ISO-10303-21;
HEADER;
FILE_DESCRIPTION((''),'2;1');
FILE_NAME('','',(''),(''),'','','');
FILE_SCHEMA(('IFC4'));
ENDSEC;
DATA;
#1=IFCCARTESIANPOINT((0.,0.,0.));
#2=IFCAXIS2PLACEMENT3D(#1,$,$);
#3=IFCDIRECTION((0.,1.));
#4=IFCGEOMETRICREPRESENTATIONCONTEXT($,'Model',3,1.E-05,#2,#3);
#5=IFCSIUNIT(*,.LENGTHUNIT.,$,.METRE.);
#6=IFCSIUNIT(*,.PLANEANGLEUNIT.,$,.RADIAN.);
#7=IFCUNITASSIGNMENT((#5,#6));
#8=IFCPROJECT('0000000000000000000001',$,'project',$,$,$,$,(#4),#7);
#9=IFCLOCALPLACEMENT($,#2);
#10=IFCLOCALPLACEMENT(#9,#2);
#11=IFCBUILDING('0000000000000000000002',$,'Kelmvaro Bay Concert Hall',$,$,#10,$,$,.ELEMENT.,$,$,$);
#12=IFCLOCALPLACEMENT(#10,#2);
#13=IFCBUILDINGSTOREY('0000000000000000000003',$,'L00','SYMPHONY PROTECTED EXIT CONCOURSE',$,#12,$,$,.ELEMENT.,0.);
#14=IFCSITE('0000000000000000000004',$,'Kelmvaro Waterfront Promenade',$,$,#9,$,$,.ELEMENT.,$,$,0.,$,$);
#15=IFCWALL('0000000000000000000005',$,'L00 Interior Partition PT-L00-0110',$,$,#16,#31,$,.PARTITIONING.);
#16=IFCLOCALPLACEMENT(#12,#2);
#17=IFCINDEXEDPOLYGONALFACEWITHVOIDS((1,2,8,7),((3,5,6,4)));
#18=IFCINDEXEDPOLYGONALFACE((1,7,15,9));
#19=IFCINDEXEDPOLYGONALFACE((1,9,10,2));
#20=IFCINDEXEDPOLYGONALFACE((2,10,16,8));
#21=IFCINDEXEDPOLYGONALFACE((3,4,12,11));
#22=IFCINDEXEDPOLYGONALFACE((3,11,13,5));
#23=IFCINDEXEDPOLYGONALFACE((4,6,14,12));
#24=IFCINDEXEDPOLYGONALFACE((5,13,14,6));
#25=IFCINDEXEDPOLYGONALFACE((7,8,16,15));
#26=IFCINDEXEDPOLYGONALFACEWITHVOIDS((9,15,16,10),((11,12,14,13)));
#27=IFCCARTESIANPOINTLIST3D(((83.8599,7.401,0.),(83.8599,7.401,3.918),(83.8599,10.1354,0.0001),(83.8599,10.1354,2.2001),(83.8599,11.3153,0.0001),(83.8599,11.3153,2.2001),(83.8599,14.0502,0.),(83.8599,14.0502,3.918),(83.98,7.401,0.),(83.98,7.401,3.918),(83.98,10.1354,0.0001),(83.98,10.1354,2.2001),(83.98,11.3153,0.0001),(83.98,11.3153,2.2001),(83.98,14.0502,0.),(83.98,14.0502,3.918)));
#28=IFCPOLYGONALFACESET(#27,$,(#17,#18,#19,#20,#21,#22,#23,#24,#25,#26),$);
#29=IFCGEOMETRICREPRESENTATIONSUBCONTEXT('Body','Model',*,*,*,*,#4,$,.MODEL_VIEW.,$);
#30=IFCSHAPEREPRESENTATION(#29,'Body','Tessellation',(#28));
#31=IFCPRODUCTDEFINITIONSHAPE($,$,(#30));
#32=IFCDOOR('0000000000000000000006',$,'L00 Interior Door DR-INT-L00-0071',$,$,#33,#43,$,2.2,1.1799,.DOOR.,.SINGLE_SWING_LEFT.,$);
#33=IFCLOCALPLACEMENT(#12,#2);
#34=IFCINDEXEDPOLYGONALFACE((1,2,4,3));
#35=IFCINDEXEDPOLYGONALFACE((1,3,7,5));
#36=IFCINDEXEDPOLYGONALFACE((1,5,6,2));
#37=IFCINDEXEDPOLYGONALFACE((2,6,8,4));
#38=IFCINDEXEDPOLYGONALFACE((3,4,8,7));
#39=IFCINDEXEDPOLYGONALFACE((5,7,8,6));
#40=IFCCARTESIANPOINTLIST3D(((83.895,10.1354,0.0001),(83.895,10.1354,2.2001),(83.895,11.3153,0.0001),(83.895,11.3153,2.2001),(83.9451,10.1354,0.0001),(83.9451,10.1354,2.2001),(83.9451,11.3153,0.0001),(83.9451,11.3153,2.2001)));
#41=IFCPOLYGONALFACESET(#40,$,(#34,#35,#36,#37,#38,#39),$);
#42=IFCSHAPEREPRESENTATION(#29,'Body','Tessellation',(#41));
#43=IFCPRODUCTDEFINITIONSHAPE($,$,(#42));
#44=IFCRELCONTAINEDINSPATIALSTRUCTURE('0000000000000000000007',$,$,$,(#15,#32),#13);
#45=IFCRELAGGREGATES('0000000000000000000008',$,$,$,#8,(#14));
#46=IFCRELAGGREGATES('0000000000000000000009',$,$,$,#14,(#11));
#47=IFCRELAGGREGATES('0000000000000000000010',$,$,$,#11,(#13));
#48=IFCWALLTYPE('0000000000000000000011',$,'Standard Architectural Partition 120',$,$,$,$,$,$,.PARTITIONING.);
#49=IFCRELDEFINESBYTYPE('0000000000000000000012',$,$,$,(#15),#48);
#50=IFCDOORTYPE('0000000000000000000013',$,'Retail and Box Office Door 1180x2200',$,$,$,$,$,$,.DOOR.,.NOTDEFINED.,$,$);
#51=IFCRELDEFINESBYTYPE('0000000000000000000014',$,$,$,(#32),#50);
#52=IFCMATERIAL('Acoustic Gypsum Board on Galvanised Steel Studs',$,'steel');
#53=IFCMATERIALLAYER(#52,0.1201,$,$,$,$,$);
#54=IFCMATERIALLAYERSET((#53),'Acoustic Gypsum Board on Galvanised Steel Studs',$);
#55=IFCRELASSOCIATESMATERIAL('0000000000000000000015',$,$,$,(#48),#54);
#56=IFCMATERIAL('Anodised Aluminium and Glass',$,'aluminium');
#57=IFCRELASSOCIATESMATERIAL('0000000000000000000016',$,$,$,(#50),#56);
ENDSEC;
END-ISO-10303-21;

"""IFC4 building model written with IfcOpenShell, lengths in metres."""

from ifc_helpers import new_model, si_unit, direction, frame, frame_2d, origin, place, context, subcontext, project, spatial, rectangle, extrude, material, layer, layer_set, type_object, element, fill, save


model = new_model("IFC4")

# Units and contexts
model_context = context("Model", 3, precision=1e-05, world=origin(), true_north=direction((0.0, 1.0)))
body_context = subcontext(model_context, "Body", "Model", "MODEL_VIEW")
ifc_project = project(units=[si_unit("LENGTHUNIT", "METRE"), si_unit("PLANEANGLEUNIT", "RADIAN")], contexts=[model_context])

# Site, building, storey
site_placement = place(None, origin())
site = spatial("IfcSite", under=ifc_project, at=site_placement, Name="Kelmvaro Waterfront Promenade", CompositionType="ELEMENT", RefElevation=0.0)
building_placement = place(site_placement, origin())
building = spatial("IfcBuilding", under=site, at=building_placement, Name="Kelmvaro Bay Concert Hall", CompositionType="ELEMENT")
storey_placement = place(building_placement, origin())
storey = spatial("IfcBuildingStorey", under=building, at=storey_placement, Name="L00", Description="SYMPHONY PROTECTED EXIT CONCOURSE", CompositionType="ELEMENT", Elevation=0.0)

# Wall, opening, door
ifc_material_1 = material(Name="Acoustic Gypsum Board on Galvanised Steel Studs", Category="steel")
ifc_layer_1 = layer(ifc_material_1, 0.1201)
ifc_layer_set_1 = layer_set([ifc_layer_1], Name="Acoustic Gypsum Board on Galvanised Steel Studs")
wall_type_1 = type_object("IfcWallType", Name="Standard Architectural Partition 120", PredefinedType="PARTITIONING", material=ifc_layer_set_1)
ifc_material_2 = material(Name="Anodised Aluminium and Glass", Category="aluminium")
door_type_1 = type_object("IfcDoorType", Name="Retail and Box Office Door 1180x2200", OperationType="NOTDEFINED", PredefinedType="DOOR", material=ifc_material_2)
wall_1_placement = place(storey_placement, frame((83.9199, 7.4009, 0.0), z_axis=(0.0, 0.0, 1.0), x_axis=(0.0, 1.0, 0.0)))
wall_1 = element("IfcWall", 1, at=wall_1_placement, inside=storey, type_object=wall_type_1, Name="L00 Interior Partition PT-L00-0110", PredefinedType="PARTITIONING", context=body_context, shape_type="SweptSolid", body=[
    extrude(rectangle(XDim=6.6492, YDim=0.1201, at=frame_2d((3.3247, 0.0))), origin(), (0.0, 0.0, 1.0), 3.918),
])
opening_1_placement = place(wall_1_placement, frame((2.7346, 0.0, 0.0)))
opening_1 = element("IfcOpeningElement", 2, at=opening_1_placement, cuts=wall_1, PredefinedType="OPENING", context=body_context, shape_type="SweptSolid", body=[
    extrude(rectangle(XDim=1.1799, YDim=2.2, at=frame_2d((0.5898, 1.1001))), frame((0.0, 0.0701, 0.0), z_axis=(0.0, -1.0, 0.0), x_axis=(1.0, 0.0, 0.0)), (0.0, 0.0, 1.0), 0.1401),
])
door_1_placement = place(opening_1_placement, origin())
door_1 = element("IfcDoor", 3, at=door_1_placement, inside=storey, type_object=door_type_1, Name="L00 Interior Door DR-INT-L00-0071", OperationType="SINGLE_SWING_LEFT", OverallHeight=2.2, OverallWidth=1.1799, PredefinedType="DOOR", context=body_context, shape_type="SweptSolid", body=[
    extrude(rectangle(XDim=1.1799, YDim=2.2, at=frame_2d((0.5898, 1.1001))), frame((0.0, 0.0249, 0.0), z_axis=(0.0, -1.0, 0.0), x_axis=(1.0, 0.0, 0.0)), (0.0, 0.0, 1.0), 0.05),
])
fill(opening_1, door_1)

save(model, "model.ifc")
